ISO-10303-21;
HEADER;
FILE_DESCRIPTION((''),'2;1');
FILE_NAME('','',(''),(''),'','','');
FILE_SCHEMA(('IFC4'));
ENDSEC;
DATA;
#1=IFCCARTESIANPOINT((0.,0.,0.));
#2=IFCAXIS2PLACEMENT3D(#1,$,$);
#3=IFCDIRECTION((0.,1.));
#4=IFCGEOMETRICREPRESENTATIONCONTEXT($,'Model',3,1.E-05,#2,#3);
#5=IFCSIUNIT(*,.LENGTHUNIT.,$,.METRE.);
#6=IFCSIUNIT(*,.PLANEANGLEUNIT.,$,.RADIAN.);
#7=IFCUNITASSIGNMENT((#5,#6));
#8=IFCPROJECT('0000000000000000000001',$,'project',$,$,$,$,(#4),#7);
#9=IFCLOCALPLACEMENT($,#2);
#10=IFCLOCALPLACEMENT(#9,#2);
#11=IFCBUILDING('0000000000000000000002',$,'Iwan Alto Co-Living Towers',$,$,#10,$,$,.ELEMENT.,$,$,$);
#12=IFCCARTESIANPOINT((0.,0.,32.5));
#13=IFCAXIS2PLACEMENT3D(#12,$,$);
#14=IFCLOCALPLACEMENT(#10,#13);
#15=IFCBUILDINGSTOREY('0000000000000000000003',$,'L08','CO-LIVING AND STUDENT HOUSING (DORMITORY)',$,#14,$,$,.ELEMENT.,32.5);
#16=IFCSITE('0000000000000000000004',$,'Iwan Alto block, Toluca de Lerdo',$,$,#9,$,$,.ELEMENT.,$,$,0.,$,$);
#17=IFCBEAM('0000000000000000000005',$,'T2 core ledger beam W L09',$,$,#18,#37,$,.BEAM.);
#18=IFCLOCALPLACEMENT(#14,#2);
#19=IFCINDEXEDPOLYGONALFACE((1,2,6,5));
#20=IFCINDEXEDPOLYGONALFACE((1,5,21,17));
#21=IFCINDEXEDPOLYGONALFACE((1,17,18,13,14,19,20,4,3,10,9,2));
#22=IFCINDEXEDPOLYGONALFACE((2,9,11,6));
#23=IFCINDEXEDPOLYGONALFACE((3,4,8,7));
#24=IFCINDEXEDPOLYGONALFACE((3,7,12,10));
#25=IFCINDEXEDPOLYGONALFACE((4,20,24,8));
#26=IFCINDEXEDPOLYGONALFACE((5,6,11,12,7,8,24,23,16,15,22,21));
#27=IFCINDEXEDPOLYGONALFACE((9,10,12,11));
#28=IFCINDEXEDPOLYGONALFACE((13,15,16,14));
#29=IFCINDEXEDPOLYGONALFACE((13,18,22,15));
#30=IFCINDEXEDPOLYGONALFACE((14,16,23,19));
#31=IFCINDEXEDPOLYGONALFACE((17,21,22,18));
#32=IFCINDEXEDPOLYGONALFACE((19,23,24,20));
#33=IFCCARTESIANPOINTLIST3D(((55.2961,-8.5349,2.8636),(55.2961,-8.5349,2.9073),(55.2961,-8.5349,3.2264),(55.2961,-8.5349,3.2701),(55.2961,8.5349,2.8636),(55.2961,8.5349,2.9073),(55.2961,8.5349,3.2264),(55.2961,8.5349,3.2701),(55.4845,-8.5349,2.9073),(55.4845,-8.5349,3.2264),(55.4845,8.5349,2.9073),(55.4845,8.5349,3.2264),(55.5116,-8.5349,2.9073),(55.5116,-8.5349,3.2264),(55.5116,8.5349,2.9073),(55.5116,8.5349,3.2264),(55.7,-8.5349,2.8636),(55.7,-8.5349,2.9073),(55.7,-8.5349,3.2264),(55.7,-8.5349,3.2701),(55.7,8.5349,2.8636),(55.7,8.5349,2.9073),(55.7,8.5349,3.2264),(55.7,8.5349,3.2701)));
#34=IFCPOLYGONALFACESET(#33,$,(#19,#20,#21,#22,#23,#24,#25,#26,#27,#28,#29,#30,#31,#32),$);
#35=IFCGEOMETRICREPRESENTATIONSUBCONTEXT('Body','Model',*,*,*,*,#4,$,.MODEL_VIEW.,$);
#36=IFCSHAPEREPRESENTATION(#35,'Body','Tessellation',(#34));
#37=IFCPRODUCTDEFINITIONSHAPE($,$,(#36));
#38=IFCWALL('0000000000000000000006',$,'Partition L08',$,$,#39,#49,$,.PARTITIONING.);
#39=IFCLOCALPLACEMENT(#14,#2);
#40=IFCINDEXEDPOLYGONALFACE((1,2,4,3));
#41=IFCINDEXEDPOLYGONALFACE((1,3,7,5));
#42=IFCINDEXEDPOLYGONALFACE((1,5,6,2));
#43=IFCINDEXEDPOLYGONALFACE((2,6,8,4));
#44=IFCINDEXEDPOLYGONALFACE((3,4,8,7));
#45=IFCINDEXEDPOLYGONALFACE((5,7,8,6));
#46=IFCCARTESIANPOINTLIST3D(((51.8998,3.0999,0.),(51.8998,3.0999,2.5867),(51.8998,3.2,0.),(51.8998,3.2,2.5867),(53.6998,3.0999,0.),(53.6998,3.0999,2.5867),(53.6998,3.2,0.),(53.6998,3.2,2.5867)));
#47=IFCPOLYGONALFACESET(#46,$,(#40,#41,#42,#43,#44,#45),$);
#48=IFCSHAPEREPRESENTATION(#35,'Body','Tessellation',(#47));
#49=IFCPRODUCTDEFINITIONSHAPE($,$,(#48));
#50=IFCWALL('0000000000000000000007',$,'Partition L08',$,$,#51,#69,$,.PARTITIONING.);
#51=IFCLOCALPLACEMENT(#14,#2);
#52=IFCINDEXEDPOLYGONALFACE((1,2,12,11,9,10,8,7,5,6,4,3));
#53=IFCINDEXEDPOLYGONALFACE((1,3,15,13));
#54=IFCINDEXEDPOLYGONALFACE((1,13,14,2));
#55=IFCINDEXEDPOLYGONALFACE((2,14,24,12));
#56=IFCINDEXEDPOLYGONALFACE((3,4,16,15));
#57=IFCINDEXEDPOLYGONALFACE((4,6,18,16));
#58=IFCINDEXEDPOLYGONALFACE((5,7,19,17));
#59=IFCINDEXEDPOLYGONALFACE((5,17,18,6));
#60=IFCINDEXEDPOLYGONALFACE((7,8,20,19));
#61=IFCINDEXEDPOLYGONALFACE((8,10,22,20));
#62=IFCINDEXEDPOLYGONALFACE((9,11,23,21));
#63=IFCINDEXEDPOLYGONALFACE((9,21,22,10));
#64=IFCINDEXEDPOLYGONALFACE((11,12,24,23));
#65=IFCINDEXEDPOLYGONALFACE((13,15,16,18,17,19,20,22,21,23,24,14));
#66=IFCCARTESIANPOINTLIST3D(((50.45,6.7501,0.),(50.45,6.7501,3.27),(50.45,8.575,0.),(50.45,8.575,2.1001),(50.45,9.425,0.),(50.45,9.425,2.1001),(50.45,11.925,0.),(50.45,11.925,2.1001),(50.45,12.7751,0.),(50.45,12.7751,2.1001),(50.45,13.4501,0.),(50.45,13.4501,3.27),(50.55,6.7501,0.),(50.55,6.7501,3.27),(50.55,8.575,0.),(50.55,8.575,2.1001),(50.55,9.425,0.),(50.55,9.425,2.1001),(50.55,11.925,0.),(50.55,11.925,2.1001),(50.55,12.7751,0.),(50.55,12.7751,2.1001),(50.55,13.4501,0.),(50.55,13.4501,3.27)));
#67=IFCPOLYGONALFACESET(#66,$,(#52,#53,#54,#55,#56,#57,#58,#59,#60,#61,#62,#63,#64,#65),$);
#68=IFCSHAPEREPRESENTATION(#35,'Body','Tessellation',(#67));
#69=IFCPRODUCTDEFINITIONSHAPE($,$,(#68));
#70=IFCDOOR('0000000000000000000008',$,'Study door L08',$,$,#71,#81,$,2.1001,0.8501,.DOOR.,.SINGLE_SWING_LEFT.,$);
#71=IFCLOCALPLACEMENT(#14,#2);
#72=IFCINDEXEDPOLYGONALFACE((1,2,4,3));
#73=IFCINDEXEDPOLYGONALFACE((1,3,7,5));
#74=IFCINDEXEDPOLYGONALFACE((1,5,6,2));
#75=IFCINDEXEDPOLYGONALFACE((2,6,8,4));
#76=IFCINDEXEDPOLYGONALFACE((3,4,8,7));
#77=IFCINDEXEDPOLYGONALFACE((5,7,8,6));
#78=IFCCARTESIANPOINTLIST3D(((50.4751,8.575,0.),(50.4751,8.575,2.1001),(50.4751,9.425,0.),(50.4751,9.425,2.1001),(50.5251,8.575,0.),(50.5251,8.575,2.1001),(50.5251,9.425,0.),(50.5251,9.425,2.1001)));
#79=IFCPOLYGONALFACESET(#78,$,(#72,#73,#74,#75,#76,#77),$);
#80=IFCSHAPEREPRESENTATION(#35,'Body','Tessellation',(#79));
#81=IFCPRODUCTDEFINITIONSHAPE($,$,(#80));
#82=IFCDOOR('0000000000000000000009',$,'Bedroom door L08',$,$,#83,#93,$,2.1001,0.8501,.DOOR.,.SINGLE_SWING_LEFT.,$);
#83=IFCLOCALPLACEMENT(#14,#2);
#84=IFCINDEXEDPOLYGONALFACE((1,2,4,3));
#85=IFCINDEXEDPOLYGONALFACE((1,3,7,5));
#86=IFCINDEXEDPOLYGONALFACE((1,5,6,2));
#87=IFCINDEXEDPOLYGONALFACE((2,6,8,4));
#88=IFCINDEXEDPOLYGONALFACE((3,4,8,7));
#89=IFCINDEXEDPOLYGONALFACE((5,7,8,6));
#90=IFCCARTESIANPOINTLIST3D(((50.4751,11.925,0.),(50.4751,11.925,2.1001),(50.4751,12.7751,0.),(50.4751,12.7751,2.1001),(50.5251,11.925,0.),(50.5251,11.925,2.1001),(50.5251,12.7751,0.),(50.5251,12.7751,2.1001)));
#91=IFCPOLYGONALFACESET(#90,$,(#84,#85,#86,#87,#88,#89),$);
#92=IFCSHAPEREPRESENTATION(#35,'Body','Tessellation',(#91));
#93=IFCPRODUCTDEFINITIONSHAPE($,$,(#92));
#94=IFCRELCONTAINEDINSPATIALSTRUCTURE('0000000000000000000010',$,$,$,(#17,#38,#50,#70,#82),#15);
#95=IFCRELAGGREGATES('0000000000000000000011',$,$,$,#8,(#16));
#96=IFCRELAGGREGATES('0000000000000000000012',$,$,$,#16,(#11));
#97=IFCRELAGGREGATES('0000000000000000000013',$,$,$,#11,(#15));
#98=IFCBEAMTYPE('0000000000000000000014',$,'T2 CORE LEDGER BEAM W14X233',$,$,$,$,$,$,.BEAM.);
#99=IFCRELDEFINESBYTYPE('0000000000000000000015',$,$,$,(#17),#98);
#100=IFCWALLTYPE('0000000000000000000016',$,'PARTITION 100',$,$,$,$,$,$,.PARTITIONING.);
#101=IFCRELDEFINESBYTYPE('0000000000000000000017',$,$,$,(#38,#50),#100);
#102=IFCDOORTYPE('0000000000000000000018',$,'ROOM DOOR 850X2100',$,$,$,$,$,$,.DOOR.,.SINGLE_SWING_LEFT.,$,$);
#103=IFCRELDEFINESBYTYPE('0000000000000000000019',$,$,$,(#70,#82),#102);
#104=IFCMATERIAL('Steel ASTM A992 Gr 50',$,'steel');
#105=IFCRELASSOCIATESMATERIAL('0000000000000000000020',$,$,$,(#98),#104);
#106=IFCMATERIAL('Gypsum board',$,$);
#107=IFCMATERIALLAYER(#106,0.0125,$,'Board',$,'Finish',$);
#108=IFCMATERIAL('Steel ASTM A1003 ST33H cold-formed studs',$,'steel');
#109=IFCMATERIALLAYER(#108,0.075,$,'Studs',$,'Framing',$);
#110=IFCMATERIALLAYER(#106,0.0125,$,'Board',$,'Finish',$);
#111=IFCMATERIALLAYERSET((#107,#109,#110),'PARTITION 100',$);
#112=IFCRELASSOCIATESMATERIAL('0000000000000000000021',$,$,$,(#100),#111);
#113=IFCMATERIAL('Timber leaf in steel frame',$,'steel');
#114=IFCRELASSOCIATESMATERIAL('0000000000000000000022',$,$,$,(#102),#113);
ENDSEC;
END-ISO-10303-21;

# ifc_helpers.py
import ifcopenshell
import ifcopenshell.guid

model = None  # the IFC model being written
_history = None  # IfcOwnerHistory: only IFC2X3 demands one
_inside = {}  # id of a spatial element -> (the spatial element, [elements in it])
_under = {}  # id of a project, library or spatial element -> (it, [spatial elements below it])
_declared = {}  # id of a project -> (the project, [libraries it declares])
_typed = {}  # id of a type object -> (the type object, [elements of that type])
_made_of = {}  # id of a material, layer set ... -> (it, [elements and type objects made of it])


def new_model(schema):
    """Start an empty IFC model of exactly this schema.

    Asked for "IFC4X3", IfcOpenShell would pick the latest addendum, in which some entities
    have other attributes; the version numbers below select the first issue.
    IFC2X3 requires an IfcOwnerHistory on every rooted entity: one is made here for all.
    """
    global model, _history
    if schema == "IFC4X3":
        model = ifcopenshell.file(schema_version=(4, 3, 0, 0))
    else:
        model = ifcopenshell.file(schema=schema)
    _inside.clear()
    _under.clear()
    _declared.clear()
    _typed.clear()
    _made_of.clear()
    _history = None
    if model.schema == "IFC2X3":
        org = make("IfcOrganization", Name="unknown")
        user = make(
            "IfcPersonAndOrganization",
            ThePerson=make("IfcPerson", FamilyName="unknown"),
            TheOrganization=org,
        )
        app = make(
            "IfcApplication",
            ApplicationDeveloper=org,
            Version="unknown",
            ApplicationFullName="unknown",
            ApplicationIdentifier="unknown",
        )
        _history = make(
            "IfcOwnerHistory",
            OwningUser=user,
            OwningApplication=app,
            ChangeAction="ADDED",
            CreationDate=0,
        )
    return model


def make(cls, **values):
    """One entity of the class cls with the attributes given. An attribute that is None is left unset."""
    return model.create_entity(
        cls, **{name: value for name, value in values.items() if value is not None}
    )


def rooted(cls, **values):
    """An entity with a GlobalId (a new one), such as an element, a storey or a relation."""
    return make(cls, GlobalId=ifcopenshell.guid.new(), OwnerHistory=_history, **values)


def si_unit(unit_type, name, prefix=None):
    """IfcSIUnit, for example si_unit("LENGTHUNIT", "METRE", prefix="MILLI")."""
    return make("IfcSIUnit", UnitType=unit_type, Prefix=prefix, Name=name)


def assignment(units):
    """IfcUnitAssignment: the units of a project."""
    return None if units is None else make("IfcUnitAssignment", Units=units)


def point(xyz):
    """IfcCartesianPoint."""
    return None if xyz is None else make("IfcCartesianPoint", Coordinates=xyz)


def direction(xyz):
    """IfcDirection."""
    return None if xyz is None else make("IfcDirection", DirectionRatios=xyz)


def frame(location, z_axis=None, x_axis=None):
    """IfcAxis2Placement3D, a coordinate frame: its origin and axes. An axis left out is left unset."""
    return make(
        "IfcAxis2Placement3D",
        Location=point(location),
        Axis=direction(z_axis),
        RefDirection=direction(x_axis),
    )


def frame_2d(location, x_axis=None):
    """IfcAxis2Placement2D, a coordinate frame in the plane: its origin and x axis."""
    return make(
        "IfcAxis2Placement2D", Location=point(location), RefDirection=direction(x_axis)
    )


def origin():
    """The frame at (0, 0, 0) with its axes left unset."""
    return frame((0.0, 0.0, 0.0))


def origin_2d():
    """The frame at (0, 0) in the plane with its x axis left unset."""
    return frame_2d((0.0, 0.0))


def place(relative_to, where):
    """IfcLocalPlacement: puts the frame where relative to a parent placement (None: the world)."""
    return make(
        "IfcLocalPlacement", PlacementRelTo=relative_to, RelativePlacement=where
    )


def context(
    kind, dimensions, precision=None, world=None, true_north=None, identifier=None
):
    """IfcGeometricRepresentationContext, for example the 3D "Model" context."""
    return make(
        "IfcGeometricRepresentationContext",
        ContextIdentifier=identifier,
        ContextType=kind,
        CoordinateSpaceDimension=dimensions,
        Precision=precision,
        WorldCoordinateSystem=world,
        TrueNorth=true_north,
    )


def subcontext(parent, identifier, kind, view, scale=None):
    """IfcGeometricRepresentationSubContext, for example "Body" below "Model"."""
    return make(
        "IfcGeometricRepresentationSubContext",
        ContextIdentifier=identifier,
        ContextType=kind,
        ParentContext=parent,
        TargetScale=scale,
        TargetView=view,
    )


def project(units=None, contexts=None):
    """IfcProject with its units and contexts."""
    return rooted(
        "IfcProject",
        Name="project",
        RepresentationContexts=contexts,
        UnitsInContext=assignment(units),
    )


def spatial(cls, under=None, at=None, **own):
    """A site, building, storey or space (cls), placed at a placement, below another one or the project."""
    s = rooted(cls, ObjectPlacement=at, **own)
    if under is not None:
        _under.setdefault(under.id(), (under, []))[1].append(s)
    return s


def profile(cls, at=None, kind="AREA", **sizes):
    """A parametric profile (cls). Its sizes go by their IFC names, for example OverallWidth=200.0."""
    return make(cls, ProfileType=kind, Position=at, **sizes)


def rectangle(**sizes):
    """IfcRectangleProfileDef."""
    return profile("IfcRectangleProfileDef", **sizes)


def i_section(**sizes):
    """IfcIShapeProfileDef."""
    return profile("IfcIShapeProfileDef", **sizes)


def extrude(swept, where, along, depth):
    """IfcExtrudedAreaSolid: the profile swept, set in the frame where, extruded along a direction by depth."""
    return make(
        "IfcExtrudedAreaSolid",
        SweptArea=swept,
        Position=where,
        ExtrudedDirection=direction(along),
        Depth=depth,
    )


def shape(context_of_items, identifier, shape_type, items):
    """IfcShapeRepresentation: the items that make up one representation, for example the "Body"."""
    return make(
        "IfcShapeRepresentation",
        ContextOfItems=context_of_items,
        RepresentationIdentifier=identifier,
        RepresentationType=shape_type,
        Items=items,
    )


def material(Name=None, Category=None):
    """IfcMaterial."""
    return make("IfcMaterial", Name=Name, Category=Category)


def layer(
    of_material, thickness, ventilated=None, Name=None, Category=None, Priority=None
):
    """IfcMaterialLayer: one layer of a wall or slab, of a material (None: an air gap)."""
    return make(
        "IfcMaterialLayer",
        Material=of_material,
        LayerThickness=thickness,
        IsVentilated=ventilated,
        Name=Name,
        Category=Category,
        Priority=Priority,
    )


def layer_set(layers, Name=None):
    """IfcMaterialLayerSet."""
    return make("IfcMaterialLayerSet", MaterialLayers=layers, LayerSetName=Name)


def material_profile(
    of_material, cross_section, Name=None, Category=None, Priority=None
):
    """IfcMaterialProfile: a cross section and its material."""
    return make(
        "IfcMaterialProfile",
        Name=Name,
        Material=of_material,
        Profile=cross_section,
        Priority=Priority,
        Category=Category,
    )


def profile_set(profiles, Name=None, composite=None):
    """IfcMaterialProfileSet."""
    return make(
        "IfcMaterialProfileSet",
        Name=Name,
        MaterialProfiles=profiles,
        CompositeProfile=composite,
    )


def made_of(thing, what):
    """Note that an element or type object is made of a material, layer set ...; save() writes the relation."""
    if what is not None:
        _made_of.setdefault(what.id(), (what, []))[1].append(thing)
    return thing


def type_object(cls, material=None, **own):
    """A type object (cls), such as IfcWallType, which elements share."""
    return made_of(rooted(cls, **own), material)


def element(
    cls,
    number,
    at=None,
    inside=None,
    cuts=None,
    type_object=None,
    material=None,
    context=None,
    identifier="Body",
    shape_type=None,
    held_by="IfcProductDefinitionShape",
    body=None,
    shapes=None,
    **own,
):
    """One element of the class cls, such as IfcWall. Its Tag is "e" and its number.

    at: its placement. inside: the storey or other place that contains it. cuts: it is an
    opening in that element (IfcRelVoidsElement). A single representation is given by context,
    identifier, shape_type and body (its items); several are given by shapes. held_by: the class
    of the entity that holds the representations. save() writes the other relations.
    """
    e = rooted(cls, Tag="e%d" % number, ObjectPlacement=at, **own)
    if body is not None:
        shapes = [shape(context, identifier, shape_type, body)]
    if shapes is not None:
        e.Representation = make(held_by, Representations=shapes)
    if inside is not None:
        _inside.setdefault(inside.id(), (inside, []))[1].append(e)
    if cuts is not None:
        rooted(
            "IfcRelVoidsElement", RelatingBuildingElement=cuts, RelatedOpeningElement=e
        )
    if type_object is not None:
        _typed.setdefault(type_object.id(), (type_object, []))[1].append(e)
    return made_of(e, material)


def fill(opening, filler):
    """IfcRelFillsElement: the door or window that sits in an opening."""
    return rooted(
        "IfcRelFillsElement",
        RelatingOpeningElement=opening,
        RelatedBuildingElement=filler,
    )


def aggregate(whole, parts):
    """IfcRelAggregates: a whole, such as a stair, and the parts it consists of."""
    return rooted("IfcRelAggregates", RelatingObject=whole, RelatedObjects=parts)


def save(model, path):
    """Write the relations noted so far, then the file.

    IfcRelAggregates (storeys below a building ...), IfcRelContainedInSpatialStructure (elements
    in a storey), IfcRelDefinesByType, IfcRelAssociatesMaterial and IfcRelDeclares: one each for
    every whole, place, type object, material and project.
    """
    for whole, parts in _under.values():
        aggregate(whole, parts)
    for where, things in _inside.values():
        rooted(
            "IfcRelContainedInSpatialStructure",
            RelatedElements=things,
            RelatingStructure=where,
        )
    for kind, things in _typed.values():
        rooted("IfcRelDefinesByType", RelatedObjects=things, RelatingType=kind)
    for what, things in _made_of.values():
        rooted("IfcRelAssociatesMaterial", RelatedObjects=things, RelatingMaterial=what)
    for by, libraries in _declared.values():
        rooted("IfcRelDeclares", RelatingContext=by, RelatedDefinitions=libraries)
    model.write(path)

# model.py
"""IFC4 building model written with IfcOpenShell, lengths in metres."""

from ifc_helpers import new_model, si_unit, direction, frame, frame_2d, origin, origin_2d, place, context, subcontext, project, spatial, rectangle, i_section, extrude, material, layer, layer_set, material_profile, profile_set, type_object, element, fill, save


model = new_model("IFC4")

# Units and contexts
model_context = context("Model", 3, precision=1e-05, world=origin(), true_north=direction((0.0, 1.0)))
body_context = subcontext(model_context, "Body", "Model", "MODEL_VIEW")
ifc_project = project(units=[si_unit("LENGTHUNIT", "METRE"), si_unit("PLANEANGLEUNIT", "RADIAN")], contexts=[model_context])

# Site, building, storey
site_placement = place(None, origin())
site = spatial("IfcSite", under=ifc_project, at=site_placement, Name="Iwan Alto block, Toluca de Lerdo", CompositionType="ELEMENT", RefElevation=0.0)
building_placement = place(site_placement, origin())
building = spatial("IfcBuilding", under=site, at=building_placement, Name="Iwan Alto Co-Living Towers", CompositionType="ELEMENT")
storey_placement = place(building_placement, frame((0.0, 0.0, 32.5)))
storey = spatial("IfcBuildingStorey", under=building, at=storey_placement, Name="L08", Description="CO-LIVING AND STUDENT HOUSING (DORMITORY)", CompositionType="ELEMENT", Elevation=32.5)

# Beam
ifc_material_1 = material(Name="Steel ASTM A992 Gr 50", Category="steel")
ifc_material_profile = material_profile(ifc_material_1, i_section(OverallWidth=0.4038, OverallDepth=0.4065, WebThickness=0.0271, FlangeThickness=0.0437, at=origin_2d()), Name="W14X233")
ifc_profile_set = profile_set([ifc_material_profile], Name="Steel ASTM A992 Gr 50")
beam_type = type_object("IfcBeamType", Name="T2 CORE LEDGER BEAM W14X233", PredefinedType="BEAM", material=ifc_profile_set)
beam_placement = place(storey_placement, frame((55.498, 8.5349, 3.0669), z_axis=(0.0, -1.0, 0.0), x_axis=(1.0, 0.0, 0.0)))
element("IfcBeam", 1, at=beam_placement, inside=storey, type_object=beam_type, Name="T2 core ledger beam W L09", PredefinedType="BEAM", context=body_context, shape_type="SweptSolid", body=[
    extrude(i_section(OverallWidth=0.4038, OverallDepth=0.4065, WebThickness=0.0271, FlangeThickness=0.0437, at=origin_2d()), origin(), (0.0, 0.0, 1.0), 17.0698),
])

# Wall
ifc_material_2 = material(Name="Gypsum board")
ifc_layer_1 = layer(ifc_material_2, 0.0125, Name="Board", Category="Finish")
ifc_material_3 = material(Name="Steel ASTM A1003 ST33H cold-formed studs", Category="steel")
ifc_layer_2 = layer(ifc_material_3, 0.075, Name="Studs", Category="Framing")
ifc_layer_3 = layer(ifc_material_2, 0.0125, Name="Board", Category="Finish")
ifc_layer_set_1 = layer_set([ifc_layer_1, ifc_layer_2, ifc_layer_3], Name="PARTITION 100")
wall_type_1 = type_object("IfcWallType", Name="PARTITION 100", PredefinedType="PARTITIONING", material=ifc_layer_set_1)
wall_1_placement = place(storey_placement, frame((51.8999, 3.1499, 0.0), z_axis=(0.0, 0.0, 1.0), x_axis=(1.0, 0.0, 0.0)))
element("IfcWall", 2, at=wall_1_placement, inside=storey, type_object=wall_type_1, Name="Partition L08", PredefinedType="PARTITIONING", context=body_context, shape_type="SweptSolid", body=[
    extrude(rectangle(XDim=1.8, YDim=0.1001, at=frame_2d((0.8999, 0.0))), origin(), (0.0, 0.0, 1.0), 2.5867),
])

# Wall, openings, doors
wall_2_placement = place(storey_placement, frame((50.5, 6.75, 0.0), z_axis=(0.0, 0.0, 1.0), x_axis=(0.0, 1.0, 0.0)))
wall_2 = element("IfcWall", 3, at=wall_2_placement, inside=storey, type_object=wall_type_1, Name="Partition L08", PredefinedType="PARTITIONING", context=body_context, shape_type="SweptSolid", body=[
    extrude(rectangle(XDim=6.7, YDim=0.1001, at=frame_2d((3.3501, 0.0))), origin(), (0.0, 0.0, 1.0), 3.27),
])
opening_1_placement = place(wall_2_placement, frame((1.825, 0.0, 0.0)))
opening_1 = element("IfcOpeningElement", 4, at=opening_1_placement, cuts=wall_2, PredefinedType="OPENING", context=body_context, shape_type="SweptSolid", body=[
    extrude(rectangle(XDim=0.8501, YDim=2.1001, at=frame_2d((0.425, 1.05))), frame((0.0, 0.0601, 0.0), z_axis=(0.0, -1.0, 0.0), x_axis=(1.0, 0.0, 0.0)), (0.0, 0.0, 1.0), 0.1201),
])
opening_2_placement = place(wall_2_placement, frame((5.175, 0.0, 0.0)))
opening_2 = element("IfcOpeningElement", 5, at=opening_2_placement, cuts=wall_2, PredefinedType="OPENING", context=body_context, shape_type="SweptSolid", body=[
    extrude(rectangle(XDim=0.8501, YDim=2.1001, at=frame_2d((0.425, 1.05))), frame((0.0, 0.0601, 0.0), z_axis=(0.0, -1.0, 0.0), x_axis=(1.0, 0.0, 0.0)), (0.0, 0.0, 1.0), 0.1201),
])
ifc_material_4 = material(Name="Timber leaf in steel frame", Category="steel")
door_type_1 = type_object("IfcDoorType", Name="ROOM DOOR 850X2100", OperationType="SINGLE_SWING_LEFT", PredefinedType="DOOR", material=ifc_material_4)
door_1_placement = place(opening_1_placement, origin())
door_1 = element("IfcDoor", 6, at=door_1_placement, inside=storey, type_object=door_type_1, Name="Study door L08", OperationType="SINGLE_SWING_LEFT", OverallHeight=2.1001, OverallWidth=0.8501, PredefinedType="DOOR", context=body_context, shape_type="SweptSolid", body=[
    extrude(rectangle(XDim=0.8501, YDim=2.1001, at=frame_2d((0.425, 1.05))), frame((0.0, 0.0249, 0.0), z_axis=(0.0, -1.0, 0.0), x_axis=(1.0, 0.0, 0.0)), (0.0, 0.0, 1.0), 0.05),
])
fill(opening_1, door_1)
door_2_placement = place(opening_2_placement, origin())
door_2 = element("IfcDoor", 7, at=door_2_placement, inside=storey, type_object=door_type_1, Name="Bedroom door L08", OperationType="SINGLE_SWING_LEFT", OverallHeight=2.1001, OverallWidth=0.8501, PredefinedType="DOOR", context=body_context, shape_type="SweptSolid", body=[
    extrude(rectangle(XDim=0.8501, YDim=2.1001, at=frame_2d((0.425, 1.05))), frame((0.0, 0.0249, 0.0), z_axis=(0.0, -1.0, 0.0), x_axis=(1.0, 0.0, 0.0)), (0.0, 0.0, 1.0), 0.05),
])
fill(opening_2, door_2)

save(model, "model.ifc")
